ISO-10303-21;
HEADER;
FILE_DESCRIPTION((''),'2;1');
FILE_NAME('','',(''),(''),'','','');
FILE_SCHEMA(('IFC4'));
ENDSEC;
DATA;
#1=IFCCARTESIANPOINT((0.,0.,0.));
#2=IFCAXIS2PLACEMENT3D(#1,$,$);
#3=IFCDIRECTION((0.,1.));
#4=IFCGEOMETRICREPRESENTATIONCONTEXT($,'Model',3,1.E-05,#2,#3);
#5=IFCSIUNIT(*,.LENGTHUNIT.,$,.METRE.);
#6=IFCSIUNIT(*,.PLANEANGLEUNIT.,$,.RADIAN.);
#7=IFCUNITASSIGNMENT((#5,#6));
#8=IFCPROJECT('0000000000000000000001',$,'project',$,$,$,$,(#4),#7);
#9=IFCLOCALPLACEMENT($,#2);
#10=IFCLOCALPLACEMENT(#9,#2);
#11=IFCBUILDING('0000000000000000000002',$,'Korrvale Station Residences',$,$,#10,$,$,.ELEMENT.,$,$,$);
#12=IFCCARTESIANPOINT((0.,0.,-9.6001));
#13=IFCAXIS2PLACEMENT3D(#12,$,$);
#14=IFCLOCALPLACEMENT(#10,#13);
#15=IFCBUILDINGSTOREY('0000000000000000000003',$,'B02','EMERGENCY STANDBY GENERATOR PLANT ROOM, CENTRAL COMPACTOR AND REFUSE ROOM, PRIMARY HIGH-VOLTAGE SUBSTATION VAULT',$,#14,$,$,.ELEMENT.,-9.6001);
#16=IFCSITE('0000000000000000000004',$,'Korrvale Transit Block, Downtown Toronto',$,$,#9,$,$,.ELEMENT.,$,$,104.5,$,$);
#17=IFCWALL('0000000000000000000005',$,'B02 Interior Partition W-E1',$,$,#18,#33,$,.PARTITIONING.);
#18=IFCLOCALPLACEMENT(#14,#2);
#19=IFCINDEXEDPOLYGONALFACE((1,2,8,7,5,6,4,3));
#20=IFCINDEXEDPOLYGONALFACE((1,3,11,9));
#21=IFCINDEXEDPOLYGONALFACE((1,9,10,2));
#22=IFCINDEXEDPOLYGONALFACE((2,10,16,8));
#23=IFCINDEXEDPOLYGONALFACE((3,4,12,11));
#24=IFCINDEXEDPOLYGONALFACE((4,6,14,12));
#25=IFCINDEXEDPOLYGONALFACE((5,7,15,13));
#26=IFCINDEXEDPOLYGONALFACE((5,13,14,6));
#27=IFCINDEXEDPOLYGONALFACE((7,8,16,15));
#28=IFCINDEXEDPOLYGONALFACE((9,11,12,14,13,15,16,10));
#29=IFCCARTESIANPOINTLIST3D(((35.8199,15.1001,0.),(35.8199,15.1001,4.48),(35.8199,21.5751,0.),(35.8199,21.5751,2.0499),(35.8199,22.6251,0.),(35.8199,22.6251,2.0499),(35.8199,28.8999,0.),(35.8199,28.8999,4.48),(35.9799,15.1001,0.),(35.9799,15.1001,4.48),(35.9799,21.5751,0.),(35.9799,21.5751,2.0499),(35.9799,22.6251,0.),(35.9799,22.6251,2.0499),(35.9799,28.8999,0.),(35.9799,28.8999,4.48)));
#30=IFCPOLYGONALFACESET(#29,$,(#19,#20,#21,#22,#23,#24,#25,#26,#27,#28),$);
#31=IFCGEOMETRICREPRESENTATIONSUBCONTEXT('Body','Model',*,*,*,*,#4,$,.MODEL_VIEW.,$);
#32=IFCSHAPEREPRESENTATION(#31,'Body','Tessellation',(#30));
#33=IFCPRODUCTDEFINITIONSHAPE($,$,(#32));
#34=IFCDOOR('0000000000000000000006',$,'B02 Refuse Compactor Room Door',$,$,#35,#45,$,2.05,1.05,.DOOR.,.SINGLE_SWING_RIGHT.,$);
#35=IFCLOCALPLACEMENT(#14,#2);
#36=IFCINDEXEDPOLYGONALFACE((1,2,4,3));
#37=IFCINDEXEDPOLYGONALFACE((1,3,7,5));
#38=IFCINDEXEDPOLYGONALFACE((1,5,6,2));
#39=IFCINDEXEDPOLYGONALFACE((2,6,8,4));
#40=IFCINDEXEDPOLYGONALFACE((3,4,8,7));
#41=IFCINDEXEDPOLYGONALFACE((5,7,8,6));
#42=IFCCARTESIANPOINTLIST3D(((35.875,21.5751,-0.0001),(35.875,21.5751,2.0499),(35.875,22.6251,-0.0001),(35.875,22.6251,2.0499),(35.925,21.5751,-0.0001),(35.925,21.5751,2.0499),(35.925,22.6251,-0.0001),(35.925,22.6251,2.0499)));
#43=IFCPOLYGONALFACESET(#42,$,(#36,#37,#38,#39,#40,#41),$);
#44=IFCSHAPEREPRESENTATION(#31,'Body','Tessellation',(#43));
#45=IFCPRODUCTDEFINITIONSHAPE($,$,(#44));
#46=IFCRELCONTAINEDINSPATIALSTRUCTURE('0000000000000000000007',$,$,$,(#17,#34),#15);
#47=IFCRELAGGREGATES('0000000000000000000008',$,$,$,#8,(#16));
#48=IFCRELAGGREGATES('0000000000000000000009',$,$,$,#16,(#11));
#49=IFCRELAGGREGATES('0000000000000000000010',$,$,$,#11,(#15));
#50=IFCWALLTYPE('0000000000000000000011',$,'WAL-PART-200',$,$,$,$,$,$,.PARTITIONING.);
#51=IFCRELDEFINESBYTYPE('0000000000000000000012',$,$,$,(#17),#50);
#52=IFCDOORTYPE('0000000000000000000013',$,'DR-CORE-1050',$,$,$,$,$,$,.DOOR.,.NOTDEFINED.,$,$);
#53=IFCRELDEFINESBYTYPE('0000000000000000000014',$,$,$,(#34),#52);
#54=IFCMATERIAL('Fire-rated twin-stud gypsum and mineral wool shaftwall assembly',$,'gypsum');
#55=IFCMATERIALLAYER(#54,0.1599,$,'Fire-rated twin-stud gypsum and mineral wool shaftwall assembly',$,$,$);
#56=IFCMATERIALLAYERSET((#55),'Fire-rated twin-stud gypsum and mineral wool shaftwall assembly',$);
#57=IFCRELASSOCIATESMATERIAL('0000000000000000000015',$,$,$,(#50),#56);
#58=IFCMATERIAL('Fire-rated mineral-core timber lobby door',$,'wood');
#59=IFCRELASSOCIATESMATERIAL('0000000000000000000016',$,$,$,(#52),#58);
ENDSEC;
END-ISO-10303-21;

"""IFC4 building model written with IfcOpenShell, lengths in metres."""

from ifc_helpers import new_model, si_unit, direction, frame, frame_2d, origin, place, context, subcontext, project, spatial, rectangle, extrude, material, layer, layer_set, type_object, element, fill, save


model = new_model("IFC4")

# Units and contexts
model_context = context("Model", 3, precision=1e-05, world=origin(), true_north=direction((0.0, 1.0)))
body_context = subcontext(model_context, "Body", "Model", "MODEL_VIEW")
ifc_project = project(units=[si_unit("LENGTHUNIT", "METRE"), si_unit("PLANEANGLEUNIT", "RADIAN")], contexts=[model_context])

# Site, building, storey
site_placement = place(None, origin())
site = spatial("IfcSite", under=ifc_project, at=site_placement, Name="Korrvale Transit Block, Downtown Toronto", CompositionType="ELEMENT", RefElevation=104.5)
building_placement = place(site_placement, origin())
building = spatial("IfcBuilding", under=site, at=building_placement, Name="Korrvale Station Residences", CompositionType="ELEMENT")
storey_placement = place(building_placement, frame((0.0, 0.0, -9.6001)))
storey = spatial("IfcBuildingStorey", under=building, at=storey_placement, Name="B02", Description="EMERGENCY STANDBY GENERATOR PLANT ROOM, CENTRAL COMPACTOR AND REFUSE ROOM, PRIMARY HIGH-VOLTAGE SUBSTATION VAULT", CompositionType="ELEMENT", Elevation=-9.6001)

# Wall, opening, door
ifc_material_1 = material(Name="Fire-rated twin-stud gypsum and mineral wool shaftwall assembly", Category="gypsum")
ifc_layer = layer(ifc_material_1, 0.1599, Name="Fire-rated twin-stud gypsum and mineral wool shaftwall assembly")
ifc_layer_set = layer_set([ifc_layer], Name="Fire-rated twin-stud gypsum and mineral wool shaftwall assembly")
wall_type = type_object("IfcWallType", Name="WAL-PART-200", PredefinedType="PARTITIONING", material=ifc_layer_set)
wall_placement = place(storey_placement, frame((35.8999, 15.1001, 0.0), z_axis=(0.0, 0.0, 1.0), x_axis=(0.0, 1.0, 0.0)))
wall = element("IfcWall", 1, at=wall_placement, inside=storey, type_object=wall_type, Name="B02 Interior Partition W-E1", PredefinedType="PARTITIONING", context=body_context, shape_type="SweptSolid", body=[
    extrude(rectangle(XDim=13.7998, YDim=0.1599, at=frame_2d((6.8999, 0.0))), origin(), (0.0, 0.0, 1.0), 4.48),
])
opening_placement = place(wall_placement, frame((6.4751, 0.0, 0.0)))
opening = element("IfcOpeningElement", 2, at=opening_placement, cuts=wall, PredefinedType="OPENING", context=body_context, shape_type="SweptSolid", body=[
    extrude(rectangle(XDim=1.05, YDim=2.05, at=frame_2d((0.5249, 1.0249))), frame((0.0, 0.0898, 0.0), z_axis=(0.0, -1.0, 0.0), x_axis=(1.0, 0.0, 0.0)), (0.0, 0.0, 1.0), 0.1799),
])
ifc_material_2 = material(Name="Fire-rated mineral-core timber lobby door", Category="wood")
door_type = type_object("IfcDoorType", Name="DR-CORE-1050", OperationType="NOTDEFINED", PredefinedType="DOOR", material=ifc_material_2)
door_placement = place(opening_placement, origin())
door = element("IfcDoor", 3, at=door_placement, inside=storey, type_object=door_type, Name="B02 Refuse Compactor Room Door", OperationType="SINGLE_SWING_RIGHT", OverallHeight=2.05, OverallWidth=1.05, PredefinedType="DOOR", context=body_context, shape_type="SweptSolid", body=[
    extrude(rectangle(XDim=1.05, YDim=2.05, at=frame_2d((0.5249, 1.0249))), frame((0.0, 0.0249, 0.0), z_axis=(0.0, -1.0, 0.0), x_axis=(1.0, 0.0, 0.0)), (0.0, 0.0, 1.0), 0.05),
])
fill(opening, door)

save(model, "model.ifc")
